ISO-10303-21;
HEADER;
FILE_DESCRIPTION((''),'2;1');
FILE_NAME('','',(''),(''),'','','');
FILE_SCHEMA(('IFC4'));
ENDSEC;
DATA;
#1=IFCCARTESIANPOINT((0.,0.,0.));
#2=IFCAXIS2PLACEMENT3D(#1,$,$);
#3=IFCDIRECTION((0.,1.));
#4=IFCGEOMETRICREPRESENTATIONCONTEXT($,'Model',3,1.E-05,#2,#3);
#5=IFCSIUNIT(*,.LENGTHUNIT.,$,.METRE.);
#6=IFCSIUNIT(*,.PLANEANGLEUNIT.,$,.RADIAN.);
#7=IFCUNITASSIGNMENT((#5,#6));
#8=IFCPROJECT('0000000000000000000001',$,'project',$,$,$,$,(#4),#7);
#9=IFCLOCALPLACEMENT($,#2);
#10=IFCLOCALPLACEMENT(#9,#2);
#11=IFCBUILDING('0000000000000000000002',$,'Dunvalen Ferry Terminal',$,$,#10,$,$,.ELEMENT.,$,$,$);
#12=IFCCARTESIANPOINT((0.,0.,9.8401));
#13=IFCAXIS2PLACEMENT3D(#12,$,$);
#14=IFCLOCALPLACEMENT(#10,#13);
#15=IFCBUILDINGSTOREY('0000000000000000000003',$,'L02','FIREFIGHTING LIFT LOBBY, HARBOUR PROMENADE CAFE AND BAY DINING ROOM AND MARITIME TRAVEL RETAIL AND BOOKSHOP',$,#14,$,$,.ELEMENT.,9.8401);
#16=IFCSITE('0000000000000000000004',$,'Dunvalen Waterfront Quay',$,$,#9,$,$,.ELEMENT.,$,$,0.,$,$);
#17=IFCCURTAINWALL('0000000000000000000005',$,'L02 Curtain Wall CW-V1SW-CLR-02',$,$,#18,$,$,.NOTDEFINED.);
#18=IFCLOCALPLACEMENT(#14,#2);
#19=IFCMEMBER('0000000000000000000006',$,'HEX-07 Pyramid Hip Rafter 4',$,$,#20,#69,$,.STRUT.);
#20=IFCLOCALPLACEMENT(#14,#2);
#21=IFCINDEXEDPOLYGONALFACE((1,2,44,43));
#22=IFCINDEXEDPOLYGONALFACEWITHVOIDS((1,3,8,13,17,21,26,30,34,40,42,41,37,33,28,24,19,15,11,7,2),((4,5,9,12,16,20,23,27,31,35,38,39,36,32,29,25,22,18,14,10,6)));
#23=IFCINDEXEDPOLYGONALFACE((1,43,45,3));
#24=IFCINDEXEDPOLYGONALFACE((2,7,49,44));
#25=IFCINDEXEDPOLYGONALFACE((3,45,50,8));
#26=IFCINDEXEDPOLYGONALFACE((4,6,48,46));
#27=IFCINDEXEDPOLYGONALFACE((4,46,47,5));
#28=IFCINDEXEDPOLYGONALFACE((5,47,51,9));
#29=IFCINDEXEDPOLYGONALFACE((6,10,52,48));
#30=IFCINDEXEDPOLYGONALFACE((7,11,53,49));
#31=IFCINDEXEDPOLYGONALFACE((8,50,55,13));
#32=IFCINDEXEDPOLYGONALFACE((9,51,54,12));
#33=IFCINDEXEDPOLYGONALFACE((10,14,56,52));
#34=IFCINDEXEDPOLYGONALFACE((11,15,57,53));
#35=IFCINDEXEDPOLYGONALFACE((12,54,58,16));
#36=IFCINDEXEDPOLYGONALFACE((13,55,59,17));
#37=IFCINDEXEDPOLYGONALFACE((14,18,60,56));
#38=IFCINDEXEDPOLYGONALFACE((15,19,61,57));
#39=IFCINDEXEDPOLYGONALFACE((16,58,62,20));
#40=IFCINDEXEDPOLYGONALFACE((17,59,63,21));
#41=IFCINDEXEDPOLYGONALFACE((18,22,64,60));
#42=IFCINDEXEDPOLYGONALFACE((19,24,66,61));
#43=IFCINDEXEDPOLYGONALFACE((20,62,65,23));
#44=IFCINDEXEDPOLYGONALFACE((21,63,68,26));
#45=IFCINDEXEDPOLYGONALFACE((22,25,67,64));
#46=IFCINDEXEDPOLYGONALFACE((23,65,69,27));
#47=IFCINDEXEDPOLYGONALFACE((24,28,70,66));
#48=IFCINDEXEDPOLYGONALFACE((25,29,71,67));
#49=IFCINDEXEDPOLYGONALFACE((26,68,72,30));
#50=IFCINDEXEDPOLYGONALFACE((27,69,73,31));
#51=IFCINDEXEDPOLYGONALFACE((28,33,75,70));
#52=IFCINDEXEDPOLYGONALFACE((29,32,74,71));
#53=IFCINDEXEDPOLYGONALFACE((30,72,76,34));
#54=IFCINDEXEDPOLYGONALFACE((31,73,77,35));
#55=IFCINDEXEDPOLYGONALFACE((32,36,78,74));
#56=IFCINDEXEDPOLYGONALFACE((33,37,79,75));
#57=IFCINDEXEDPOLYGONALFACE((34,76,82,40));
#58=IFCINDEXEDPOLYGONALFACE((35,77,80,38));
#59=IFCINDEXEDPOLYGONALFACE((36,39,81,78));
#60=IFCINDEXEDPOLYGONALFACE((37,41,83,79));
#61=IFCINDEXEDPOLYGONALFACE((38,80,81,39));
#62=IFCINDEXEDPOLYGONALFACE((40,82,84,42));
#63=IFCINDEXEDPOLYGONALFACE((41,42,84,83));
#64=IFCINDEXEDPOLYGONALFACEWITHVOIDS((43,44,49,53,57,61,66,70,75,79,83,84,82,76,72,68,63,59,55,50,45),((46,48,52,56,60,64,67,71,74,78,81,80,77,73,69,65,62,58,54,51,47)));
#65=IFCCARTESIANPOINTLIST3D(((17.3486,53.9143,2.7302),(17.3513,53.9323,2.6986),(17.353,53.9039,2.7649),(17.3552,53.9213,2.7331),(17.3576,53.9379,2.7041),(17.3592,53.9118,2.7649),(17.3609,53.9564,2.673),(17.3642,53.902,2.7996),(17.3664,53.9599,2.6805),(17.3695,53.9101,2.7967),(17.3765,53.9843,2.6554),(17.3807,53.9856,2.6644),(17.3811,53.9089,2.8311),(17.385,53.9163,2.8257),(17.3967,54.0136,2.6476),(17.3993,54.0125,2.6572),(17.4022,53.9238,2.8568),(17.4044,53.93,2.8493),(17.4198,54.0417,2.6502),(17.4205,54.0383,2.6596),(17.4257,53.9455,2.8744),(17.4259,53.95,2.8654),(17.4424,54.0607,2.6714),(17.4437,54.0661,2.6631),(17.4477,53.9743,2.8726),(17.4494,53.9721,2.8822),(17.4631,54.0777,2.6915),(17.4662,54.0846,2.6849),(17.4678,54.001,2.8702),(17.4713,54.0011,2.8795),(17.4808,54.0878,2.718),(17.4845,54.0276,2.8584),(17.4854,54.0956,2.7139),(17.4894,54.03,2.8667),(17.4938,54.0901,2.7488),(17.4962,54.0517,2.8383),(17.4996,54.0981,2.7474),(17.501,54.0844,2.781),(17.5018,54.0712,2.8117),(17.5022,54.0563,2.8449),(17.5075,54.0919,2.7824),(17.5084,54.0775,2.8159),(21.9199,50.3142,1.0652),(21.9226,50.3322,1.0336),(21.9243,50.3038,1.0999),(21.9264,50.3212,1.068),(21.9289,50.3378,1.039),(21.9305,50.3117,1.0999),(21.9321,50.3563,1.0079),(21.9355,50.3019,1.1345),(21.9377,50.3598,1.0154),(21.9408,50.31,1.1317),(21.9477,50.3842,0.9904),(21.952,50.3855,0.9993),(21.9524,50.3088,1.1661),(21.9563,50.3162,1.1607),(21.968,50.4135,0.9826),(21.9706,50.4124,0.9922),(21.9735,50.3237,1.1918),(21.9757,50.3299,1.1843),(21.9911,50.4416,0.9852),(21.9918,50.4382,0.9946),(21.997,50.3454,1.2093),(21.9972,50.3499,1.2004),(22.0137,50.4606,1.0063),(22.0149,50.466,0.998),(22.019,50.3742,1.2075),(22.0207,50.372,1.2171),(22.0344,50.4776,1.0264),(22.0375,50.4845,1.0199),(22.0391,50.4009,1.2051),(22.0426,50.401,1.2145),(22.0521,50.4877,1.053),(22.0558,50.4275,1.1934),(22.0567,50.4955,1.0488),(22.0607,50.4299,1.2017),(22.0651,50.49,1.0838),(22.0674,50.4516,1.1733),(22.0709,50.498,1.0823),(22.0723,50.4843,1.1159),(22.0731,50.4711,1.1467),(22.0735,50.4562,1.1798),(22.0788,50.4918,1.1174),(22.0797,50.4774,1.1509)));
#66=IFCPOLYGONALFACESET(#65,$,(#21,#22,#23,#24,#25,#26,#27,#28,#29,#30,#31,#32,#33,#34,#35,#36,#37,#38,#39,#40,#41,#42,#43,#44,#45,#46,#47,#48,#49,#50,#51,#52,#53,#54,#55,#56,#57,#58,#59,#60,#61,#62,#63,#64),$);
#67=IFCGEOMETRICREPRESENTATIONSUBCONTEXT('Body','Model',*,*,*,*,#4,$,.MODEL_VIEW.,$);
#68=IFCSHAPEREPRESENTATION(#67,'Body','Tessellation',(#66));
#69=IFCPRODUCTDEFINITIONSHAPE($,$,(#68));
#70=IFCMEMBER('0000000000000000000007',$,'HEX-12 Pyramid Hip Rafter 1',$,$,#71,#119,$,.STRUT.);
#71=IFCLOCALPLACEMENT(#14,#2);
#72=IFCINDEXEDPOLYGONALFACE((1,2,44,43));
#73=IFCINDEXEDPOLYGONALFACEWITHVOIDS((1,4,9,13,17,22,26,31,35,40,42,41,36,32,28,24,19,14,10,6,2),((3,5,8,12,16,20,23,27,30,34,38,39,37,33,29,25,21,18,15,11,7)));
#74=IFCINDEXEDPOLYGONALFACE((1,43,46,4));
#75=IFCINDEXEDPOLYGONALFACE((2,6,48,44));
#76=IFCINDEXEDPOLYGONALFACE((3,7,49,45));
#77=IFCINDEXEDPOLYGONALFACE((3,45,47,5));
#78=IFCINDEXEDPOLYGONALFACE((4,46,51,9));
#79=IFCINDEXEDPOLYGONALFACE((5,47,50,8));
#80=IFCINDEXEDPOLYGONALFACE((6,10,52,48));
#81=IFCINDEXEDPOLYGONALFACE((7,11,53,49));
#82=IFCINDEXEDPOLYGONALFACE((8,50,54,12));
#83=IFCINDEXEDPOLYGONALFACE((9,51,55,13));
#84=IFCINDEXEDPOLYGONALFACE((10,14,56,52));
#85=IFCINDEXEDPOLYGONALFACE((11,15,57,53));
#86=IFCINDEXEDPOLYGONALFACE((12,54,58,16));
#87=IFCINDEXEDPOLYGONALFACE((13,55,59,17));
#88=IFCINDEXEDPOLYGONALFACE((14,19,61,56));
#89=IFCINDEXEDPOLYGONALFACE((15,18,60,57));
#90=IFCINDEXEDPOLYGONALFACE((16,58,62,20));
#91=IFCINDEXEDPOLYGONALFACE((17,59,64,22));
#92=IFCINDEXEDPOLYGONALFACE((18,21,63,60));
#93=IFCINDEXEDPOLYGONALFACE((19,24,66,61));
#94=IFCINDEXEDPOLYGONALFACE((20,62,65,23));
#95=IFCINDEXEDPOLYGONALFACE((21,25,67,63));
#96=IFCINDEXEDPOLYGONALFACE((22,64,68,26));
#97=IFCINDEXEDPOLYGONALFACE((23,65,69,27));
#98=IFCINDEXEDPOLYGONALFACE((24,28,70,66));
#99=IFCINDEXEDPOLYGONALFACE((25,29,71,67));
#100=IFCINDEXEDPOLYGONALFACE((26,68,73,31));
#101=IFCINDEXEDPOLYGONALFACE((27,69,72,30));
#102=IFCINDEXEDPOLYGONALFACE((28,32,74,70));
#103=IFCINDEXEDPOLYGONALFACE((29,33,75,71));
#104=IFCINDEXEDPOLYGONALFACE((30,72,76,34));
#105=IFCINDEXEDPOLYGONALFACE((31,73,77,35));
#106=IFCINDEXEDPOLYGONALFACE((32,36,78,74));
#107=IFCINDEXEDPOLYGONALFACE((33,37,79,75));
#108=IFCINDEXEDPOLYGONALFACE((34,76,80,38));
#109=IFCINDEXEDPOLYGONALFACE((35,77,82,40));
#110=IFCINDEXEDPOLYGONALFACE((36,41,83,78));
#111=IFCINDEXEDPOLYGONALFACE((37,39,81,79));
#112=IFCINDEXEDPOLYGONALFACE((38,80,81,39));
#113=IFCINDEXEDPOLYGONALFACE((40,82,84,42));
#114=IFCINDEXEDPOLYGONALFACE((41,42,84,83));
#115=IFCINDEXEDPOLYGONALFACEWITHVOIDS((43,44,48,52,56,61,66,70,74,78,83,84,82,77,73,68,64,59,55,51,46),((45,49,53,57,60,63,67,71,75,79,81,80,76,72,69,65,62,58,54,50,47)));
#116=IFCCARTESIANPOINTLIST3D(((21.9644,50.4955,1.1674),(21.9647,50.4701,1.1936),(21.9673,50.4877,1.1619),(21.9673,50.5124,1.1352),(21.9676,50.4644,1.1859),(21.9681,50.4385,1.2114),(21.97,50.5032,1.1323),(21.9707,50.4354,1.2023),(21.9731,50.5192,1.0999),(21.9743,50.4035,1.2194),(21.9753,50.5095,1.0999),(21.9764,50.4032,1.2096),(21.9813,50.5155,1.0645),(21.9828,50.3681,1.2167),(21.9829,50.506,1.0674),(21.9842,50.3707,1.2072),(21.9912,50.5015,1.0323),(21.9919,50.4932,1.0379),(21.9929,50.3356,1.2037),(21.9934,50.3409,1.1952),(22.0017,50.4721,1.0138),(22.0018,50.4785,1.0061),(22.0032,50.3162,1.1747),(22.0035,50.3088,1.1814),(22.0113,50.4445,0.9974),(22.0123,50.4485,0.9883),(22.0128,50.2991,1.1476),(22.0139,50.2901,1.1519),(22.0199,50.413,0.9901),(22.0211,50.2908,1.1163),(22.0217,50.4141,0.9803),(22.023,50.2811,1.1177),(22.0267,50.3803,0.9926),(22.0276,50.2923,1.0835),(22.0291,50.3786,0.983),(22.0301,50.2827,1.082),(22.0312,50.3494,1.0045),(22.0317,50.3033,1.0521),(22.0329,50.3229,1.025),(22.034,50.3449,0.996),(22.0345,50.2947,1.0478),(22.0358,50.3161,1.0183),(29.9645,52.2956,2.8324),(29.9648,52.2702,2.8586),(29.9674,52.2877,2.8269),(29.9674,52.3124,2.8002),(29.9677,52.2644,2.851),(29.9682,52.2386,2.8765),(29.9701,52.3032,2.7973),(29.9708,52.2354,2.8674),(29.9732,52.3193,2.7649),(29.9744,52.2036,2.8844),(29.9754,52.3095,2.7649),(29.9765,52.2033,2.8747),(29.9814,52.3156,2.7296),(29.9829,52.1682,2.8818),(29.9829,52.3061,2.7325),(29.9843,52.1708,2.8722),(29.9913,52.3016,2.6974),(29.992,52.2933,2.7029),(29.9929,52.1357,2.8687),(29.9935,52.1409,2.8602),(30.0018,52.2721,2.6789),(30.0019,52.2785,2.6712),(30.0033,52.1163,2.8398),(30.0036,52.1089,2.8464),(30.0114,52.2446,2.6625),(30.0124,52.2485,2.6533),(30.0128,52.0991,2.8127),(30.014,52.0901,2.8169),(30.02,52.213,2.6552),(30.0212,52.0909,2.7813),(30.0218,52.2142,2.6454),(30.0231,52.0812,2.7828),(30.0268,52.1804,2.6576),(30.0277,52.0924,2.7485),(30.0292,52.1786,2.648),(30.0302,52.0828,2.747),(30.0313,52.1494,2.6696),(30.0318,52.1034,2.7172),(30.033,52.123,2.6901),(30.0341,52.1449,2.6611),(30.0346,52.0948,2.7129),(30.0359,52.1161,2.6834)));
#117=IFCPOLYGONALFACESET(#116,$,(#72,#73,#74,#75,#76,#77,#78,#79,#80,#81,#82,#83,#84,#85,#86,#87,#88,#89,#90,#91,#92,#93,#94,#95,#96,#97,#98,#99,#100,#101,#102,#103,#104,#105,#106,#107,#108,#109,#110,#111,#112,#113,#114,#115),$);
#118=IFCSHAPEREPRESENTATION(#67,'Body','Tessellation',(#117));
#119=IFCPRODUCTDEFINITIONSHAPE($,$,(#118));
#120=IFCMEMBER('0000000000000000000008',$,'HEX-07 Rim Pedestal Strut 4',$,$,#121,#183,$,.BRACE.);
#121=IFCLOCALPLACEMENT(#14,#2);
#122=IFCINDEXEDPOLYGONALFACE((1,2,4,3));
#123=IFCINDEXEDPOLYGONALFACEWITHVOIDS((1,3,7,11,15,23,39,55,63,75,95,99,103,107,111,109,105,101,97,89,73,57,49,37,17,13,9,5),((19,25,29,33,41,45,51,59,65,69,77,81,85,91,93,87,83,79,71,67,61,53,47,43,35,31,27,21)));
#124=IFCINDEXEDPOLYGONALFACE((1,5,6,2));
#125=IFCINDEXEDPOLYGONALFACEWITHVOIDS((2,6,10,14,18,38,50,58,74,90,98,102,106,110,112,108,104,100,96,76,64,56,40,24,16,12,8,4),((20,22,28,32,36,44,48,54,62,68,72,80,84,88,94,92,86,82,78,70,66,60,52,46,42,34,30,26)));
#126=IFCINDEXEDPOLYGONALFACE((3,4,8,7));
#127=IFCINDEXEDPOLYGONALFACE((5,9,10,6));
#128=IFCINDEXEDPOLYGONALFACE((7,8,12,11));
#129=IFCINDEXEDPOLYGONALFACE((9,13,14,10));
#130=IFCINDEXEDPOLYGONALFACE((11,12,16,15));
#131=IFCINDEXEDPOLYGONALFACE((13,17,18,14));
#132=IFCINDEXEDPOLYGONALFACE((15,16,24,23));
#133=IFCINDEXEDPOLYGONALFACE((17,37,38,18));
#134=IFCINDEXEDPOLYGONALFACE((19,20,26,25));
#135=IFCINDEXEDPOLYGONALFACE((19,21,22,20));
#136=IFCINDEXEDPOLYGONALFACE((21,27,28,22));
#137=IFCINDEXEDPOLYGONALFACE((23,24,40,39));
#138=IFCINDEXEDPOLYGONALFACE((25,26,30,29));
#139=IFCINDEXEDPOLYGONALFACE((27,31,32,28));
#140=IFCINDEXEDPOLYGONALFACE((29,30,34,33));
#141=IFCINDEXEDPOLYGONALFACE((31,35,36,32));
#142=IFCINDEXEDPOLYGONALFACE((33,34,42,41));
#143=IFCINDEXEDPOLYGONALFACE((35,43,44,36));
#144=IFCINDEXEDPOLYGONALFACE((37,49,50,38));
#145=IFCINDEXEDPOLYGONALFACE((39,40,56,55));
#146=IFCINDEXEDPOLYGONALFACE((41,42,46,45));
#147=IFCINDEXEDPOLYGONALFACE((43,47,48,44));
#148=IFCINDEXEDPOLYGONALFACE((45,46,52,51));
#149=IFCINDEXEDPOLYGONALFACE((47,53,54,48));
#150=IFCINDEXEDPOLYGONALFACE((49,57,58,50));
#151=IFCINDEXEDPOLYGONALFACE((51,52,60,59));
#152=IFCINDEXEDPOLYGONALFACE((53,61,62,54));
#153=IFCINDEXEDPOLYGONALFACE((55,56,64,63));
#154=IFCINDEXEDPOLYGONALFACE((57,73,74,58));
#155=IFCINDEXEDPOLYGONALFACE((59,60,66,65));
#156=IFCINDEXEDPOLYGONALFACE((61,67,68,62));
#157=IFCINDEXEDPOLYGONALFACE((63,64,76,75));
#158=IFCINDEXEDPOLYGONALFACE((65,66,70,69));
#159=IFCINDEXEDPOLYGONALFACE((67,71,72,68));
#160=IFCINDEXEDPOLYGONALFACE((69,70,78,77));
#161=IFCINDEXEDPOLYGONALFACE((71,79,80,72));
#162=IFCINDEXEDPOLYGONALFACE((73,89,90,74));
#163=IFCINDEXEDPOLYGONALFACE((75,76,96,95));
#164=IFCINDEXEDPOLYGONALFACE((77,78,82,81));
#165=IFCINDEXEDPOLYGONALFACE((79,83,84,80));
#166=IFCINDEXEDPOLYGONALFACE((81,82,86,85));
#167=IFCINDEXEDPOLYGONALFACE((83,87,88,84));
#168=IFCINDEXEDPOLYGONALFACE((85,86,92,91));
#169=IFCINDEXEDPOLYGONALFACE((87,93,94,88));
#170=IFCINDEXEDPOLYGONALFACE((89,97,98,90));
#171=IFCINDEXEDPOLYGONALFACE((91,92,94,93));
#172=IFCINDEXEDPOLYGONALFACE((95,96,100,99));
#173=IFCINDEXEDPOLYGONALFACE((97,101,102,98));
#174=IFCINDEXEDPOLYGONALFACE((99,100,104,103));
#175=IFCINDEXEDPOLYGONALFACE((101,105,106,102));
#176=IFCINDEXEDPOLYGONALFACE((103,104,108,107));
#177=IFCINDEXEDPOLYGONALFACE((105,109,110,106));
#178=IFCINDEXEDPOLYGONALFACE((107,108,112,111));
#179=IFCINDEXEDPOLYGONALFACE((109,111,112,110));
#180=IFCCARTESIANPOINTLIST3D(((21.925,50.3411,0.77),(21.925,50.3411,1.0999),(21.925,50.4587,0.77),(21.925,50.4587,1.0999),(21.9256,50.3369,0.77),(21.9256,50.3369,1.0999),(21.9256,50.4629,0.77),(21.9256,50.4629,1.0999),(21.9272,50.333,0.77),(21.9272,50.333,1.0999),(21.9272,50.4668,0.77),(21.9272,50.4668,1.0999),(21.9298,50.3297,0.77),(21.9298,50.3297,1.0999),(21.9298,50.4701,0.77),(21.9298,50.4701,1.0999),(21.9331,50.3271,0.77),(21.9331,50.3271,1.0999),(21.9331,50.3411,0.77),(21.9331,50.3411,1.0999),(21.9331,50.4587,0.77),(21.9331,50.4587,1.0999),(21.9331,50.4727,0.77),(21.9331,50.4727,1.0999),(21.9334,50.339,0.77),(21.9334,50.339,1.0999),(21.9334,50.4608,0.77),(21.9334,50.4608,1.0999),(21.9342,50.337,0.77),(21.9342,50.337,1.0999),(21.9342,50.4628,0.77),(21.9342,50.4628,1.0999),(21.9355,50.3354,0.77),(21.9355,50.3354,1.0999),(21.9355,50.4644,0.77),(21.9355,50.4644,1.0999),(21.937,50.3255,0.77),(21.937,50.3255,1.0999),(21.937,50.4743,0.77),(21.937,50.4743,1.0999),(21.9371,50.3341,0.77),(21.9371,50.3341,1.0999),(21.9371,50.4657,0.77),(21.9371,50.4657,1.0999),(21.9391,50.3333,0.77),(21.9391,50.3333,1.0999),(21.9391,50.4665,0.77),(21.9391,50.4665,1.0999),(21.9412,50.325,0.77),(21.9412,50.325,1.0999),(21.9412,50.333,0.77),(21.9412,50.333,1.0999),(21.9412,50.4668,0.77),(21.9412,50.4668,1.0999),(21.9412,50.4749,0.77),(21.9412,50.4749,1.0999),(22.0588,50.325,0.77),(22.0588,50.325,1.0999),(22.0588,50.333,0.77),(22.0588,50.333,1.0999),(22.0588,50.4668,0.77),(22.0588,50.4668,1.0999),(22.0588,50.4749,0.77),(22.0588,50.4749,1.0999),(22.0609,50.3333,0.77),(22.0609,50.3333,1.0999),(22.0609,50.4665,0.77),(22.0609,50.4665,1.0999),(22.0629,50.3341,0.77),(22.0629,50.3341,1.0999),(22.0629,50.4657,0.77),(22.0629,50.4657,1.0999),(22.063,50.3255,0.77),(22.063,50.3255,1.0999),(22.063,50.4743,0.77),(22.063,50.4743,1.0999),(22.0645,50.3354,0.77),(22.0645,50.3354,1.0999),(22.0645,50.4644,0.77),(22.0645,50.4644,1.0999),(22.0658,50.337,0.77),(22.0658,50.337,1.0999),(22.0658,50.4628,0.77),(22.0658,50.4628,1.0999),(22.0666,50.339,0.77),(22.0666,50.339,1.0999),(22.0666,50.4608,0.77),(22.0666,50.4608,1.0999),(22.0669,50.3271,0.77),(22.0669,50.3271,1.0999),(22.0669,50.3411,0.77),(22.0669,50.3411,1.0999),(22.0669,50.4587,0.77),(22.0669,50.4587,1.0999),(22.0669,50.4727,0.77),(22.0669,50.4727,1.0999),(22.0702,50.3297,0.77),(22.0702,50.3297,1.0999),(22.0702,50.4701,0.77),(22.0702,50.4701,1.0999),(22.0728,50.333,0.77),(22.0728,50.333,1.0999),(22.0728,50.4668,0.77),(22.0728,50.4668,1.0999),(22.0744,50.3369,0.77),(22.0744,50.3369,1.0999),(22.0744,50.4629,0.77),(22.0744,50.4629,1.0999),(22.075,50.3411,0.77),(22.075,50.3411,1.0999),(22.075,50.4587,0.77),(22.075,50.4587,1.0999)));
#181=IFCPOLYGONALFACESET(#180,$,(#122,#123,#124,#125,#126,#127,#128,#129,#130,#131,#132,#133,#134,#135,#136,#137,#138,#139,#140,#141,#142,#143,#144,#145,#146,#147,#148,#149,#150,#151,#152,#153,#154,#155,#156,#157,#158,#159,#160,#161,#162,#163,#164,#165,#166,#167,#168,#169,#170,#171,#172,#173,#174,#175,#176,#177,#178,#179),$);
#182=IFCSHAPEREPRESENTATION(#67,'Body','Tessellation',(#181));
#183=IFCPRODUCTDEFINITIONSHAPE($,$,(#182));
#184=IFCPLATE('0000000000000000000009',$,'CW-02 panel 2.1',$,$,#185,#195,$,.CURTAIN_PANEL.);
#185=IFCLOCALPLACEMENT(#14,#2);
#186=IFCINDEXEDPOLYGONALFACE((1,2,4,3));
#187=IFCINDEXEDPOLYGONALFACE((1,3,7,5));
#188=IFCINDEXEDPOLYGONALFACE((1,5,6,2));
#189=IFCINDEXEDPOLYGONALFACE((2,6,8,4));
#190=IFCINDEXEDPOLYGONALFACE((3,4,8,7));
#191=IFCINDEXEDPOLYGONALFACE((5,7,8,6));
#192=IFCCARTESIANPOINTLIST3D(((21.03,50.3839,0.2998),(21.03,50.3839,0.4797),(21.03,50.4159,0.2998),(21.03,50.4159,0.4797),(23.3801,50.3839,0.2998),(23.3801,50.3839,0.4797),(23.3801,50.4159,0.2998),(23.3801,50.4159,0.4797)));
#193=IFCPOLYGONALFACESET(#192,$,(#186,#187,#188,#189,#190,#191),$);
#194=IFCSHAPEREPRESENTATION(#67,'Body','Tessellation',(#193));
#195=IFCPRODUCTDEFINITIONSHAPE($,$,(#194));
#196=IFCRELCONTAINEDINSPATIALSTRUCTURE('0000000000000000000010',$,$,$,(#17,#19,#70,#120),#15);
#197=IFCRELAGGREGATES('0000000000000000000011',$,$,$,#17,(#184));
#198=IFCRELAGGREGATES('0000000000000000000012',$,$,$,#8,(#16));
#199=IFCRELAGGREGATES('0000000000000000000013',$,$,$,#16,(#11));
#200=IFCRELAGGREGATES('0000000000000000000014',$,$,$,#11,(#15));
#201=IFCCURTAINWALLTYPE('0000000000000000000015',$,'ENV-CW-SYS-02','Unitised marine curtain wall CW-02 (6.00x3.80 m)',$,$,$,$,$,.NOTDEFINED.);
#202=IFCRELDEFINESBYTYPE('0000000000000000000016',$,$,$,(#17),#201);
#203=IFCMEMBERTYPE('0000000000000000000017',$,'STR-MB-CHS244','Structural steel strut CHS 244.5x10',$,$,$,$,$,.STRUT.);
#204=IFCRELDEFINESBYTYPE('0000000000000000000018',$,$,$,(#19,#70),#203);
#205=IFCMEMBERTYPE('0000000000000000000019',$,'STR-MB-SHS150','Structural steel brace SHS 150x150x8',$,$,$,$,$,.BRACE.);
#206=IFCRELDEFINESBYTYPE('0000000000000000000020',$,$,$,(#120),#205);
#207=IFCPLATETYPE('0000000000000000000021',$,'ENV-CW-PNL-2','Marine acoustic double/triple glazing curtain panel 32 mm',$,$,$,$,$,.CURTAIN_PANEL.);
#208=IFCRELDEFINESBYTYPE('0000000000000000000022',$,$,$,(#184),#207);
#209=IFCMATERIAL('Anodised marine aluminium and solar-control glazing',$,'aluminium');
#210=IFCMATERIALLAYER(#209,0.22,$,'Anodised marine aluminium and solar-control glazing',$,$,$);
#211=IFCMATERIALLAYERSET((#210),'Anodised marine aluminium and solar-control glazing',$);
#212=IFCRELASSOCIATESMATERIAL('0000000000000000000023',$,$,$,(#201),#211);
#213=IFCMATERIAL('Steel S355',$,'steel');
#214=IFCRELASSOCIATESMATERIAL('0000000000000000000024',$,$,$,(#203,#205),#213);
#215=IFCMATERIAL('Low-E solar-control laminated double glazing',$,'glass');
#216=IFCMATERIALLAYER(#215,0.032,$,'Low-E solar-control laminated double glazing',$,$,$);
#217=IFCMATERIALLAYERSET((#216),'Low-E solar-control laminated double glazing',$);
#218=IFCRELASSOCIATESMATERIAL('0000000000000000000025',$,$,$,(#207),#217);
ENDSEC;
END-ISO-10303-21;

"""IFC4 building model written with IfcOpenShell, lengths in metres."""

from ifc_helpers import new_model, si_unit, direction, frame, origin, origin_2d, place, context, subcontext, project, spatial, rectangle, hollow_rectangle, hollow_circle, extrude, material, layer, layer_set, material_profile, profile_set, type_object, element, aggregate, save


model = new_model("IFC4")

# Units and contexts
model_context = context("Model", 3, precision=1e-05, world=origin(), true_north=direction((0.0, 1.0)))
body_context = subcontext(model_context, "Body", "Model", "MODEL_VIEW")
ifc_project = project(units=[si_unit("LENGTHUNIT", "METRE"), si_unit("PLANEANGLEUNIT", "RADIAN")], contexts=[model_context])

# Site, building, storey
site_placement = place(None, origin())
site = spatial("IfcSite", under=ifc_project, at=site_placement, Name="Dunvalen Waterfront Quay", CompositionType="ELEMENT", RefElevation=0.0)
building_placement = place(site_placement, origin())
building = spatial("IfcBuilding", under=site, at=building_placement, Name="Dunvalen Ferry Terminal", CompositionType="ELEMENT")
storey_placement = place(building_placement, frame((0.0, 0.0, 9.8401)))
storey = spatial("IfcBuildingStorey", under=building, at=storey_placement, Name="L02", Description="FIREFIGHTING LIFT LOBBY, HARBOUR PROMENADE CAFE AND BAY DINING ROOM AND MARITIME TRAVEL RETAIL AND BOOKSHOP", CompositionType="ELEMENT", Elevation=9.8401)

# Curtain wall
ifc_material_1 = material(Name="Anodised marine aluminium and solar-control glazing", Category="aluminium")
ifc_layer_1 = layer(ifc_material_1, 0.22, Name="Anodised marine aluminium and solar-control glazing")
ifc_layer_set_1 = layer_set([ifc_layer_1], Name="Anodised marine aluminium and solar-control glazing")
curtain_wall_type = type_object("IfcCurtainWallType", Name="ENV-CW-SYS-02", Description="Unitised marine curtain wall CW-02 (6.00x3.80 m)", PredefinedType="NOTDEFINED", material=ifc_layer_set_1)
curtain_wall_1_placement = place(storey_placement, origin())
curtain_wall_1 = element("IfcCurtainWall", 1, at=curtain_wall_1_placement, inside=storey, type_object=curtain_wall_type, Name="L02 Curtain Wall CW-V1SW-CLR-02", PredefinedType="NOTDEFINED")

# Shared definitions
ifc_material_2 = material(Name="Steel S355", Category="steel")

# Members
ifc_material_profile_1 = material_profile(ifc_material_2, hollow_circle(Radius=0.1223, WallThickness=0.01, at=origin_2d()), Name="Steel S355")
ifc_profile_set_1 = profile_set([ifc_material_profile_1], Name="Steel S355")
member_type_1 = type_object("IfcMemberType", Name="STR-MB-CHS244", Description="Structural steel strut CHS 244.5x10", PredefinedType="STRUT", material=ifc_profile_set_1)
member_1_placement = place(storey_placement, frame((22.0, 50.3999, 1.0999), z_axis=(-0.755304, 0.594836, 0.275111), x_axis=(-0.618711, -0.785619, 0.0)))
element("IfcMember", 2, at=member_1_placement, inside=storey, type_object=member_type_1, Name="HEX-07 Pyramid Hip Rafter 4", PredefinedType="STRUT", context=body_context, shape_type="SweptSolid", body=[
    extrude(hollow_circle(Radius=0.1223, WallThickness=0.01, at=origin_2d()), origin(), (0.0, 0.0, 1.0), 6.0522),
])
member_2_placement = place(storey_placement, frame((22.0, 50.3999, 1.0999), z_axis=(0.956097, 0.215128, 0.198992), x_axis=(-0.219518, 0.975608, 0.0)))
element("IfcMember", 3, at=member_2_placement, inside=storey, type_object=member_type_1, Name="HEX-12 Pyramid Hip Rafter 1", PredefinedType="STRUT", context=body_context, shape_type="SweptSolid", body=[
    extrude(hollow_circle(Radius=0.1223, WallThickness=0.01, at=origin_2d()), origin(), (0.0, 0.0, 1.0), 8.3674),
])
ifc_material_profile_2 = material_profile(ifc_material_2, hollow_rectangle(XDim=0.1499, YDim=0.1499, WallThickness=0.0081, InnerFilletRadius=0.0081, OuterFilletRadius=0.0161, at=origin_2d()), Name="Steel S355")
ifc_profile_set_2 = profile_set([ifc_material_profile_2], Name="Steel S355")
member_type_2 = type_object("IfcMemberType", Name="STR-MB-SHS150", Description="Structural steel brace SHS 150x150x8", PredefinedType="BRACE", material=ifc_profile_set_2)
member_3_placement = place(storey_placement, frame((22.0, 50.3999, 0.77), z_axis=(0.0, 0.0, 1.0), x_axis=(1.0, 0.0, 0.0)))
element("IfcMember", 4, at=member_3_placement, inside=storey, type_object=member_type_2, Name="HEX-07 Rim Pedestal Strut 4", PredefinedType="BRACE", context=body_context, shape_type="SweptSolid", body=[
    extrude(hollow_rectangle(XDim=0.1499, YDim=0.1499, WallThickness=0.0081, InnerFilletRadius=0.0081, OuterFilletRadius=0.0161, at=origin_2d()), origin(), (0.0, 0.0, 1.0), 0.3298),
])

# Plate
ifc_material_3 = material(Name="Low-E solar-control laminated double glazing", Category="glass")
ifc_layer_2 = layer(ifc_material_3, 0.032, Name="Low-E solar-control laminated double glazing")
ifc_layer_set_2 = layer_set([ifc_layer_2], Name="Low-E solar-control laminated double glazing")
plate_type_1 = type_object("IfcPlateType", Name="ENV-CW-PNL-2", Description="Marine acoustic double/triple glazing curtain panel 32 mm", PredefinedType="CURTAIN_PANEL", material=ifc_layer_set_2)
plate_1_placement = place(storey_placement, frame((22.2051, 50.3999, 0.2998), z_axis=(0.0, 0.0, 1.0), x_axis=(1.0, 0.0, 0.0)))
plate_1 = element("IfcPlate", 5, at=plate_1_placement, type_object=plate_type_1, Name="CW-02 panel 2.1", PredefinedType="CURTAIN_PANEL", context=body_context, shape_type="SweptSolid", body=[
    extrude(rectangle(XDim=2.3501, YDim=0.032, at=origin_2d()), origin(), (0.0, 0.0, 1.0), 0.1799),
])
aggregate(curtain_wall_1, [plate_1])

save(model, "model.ifc")
